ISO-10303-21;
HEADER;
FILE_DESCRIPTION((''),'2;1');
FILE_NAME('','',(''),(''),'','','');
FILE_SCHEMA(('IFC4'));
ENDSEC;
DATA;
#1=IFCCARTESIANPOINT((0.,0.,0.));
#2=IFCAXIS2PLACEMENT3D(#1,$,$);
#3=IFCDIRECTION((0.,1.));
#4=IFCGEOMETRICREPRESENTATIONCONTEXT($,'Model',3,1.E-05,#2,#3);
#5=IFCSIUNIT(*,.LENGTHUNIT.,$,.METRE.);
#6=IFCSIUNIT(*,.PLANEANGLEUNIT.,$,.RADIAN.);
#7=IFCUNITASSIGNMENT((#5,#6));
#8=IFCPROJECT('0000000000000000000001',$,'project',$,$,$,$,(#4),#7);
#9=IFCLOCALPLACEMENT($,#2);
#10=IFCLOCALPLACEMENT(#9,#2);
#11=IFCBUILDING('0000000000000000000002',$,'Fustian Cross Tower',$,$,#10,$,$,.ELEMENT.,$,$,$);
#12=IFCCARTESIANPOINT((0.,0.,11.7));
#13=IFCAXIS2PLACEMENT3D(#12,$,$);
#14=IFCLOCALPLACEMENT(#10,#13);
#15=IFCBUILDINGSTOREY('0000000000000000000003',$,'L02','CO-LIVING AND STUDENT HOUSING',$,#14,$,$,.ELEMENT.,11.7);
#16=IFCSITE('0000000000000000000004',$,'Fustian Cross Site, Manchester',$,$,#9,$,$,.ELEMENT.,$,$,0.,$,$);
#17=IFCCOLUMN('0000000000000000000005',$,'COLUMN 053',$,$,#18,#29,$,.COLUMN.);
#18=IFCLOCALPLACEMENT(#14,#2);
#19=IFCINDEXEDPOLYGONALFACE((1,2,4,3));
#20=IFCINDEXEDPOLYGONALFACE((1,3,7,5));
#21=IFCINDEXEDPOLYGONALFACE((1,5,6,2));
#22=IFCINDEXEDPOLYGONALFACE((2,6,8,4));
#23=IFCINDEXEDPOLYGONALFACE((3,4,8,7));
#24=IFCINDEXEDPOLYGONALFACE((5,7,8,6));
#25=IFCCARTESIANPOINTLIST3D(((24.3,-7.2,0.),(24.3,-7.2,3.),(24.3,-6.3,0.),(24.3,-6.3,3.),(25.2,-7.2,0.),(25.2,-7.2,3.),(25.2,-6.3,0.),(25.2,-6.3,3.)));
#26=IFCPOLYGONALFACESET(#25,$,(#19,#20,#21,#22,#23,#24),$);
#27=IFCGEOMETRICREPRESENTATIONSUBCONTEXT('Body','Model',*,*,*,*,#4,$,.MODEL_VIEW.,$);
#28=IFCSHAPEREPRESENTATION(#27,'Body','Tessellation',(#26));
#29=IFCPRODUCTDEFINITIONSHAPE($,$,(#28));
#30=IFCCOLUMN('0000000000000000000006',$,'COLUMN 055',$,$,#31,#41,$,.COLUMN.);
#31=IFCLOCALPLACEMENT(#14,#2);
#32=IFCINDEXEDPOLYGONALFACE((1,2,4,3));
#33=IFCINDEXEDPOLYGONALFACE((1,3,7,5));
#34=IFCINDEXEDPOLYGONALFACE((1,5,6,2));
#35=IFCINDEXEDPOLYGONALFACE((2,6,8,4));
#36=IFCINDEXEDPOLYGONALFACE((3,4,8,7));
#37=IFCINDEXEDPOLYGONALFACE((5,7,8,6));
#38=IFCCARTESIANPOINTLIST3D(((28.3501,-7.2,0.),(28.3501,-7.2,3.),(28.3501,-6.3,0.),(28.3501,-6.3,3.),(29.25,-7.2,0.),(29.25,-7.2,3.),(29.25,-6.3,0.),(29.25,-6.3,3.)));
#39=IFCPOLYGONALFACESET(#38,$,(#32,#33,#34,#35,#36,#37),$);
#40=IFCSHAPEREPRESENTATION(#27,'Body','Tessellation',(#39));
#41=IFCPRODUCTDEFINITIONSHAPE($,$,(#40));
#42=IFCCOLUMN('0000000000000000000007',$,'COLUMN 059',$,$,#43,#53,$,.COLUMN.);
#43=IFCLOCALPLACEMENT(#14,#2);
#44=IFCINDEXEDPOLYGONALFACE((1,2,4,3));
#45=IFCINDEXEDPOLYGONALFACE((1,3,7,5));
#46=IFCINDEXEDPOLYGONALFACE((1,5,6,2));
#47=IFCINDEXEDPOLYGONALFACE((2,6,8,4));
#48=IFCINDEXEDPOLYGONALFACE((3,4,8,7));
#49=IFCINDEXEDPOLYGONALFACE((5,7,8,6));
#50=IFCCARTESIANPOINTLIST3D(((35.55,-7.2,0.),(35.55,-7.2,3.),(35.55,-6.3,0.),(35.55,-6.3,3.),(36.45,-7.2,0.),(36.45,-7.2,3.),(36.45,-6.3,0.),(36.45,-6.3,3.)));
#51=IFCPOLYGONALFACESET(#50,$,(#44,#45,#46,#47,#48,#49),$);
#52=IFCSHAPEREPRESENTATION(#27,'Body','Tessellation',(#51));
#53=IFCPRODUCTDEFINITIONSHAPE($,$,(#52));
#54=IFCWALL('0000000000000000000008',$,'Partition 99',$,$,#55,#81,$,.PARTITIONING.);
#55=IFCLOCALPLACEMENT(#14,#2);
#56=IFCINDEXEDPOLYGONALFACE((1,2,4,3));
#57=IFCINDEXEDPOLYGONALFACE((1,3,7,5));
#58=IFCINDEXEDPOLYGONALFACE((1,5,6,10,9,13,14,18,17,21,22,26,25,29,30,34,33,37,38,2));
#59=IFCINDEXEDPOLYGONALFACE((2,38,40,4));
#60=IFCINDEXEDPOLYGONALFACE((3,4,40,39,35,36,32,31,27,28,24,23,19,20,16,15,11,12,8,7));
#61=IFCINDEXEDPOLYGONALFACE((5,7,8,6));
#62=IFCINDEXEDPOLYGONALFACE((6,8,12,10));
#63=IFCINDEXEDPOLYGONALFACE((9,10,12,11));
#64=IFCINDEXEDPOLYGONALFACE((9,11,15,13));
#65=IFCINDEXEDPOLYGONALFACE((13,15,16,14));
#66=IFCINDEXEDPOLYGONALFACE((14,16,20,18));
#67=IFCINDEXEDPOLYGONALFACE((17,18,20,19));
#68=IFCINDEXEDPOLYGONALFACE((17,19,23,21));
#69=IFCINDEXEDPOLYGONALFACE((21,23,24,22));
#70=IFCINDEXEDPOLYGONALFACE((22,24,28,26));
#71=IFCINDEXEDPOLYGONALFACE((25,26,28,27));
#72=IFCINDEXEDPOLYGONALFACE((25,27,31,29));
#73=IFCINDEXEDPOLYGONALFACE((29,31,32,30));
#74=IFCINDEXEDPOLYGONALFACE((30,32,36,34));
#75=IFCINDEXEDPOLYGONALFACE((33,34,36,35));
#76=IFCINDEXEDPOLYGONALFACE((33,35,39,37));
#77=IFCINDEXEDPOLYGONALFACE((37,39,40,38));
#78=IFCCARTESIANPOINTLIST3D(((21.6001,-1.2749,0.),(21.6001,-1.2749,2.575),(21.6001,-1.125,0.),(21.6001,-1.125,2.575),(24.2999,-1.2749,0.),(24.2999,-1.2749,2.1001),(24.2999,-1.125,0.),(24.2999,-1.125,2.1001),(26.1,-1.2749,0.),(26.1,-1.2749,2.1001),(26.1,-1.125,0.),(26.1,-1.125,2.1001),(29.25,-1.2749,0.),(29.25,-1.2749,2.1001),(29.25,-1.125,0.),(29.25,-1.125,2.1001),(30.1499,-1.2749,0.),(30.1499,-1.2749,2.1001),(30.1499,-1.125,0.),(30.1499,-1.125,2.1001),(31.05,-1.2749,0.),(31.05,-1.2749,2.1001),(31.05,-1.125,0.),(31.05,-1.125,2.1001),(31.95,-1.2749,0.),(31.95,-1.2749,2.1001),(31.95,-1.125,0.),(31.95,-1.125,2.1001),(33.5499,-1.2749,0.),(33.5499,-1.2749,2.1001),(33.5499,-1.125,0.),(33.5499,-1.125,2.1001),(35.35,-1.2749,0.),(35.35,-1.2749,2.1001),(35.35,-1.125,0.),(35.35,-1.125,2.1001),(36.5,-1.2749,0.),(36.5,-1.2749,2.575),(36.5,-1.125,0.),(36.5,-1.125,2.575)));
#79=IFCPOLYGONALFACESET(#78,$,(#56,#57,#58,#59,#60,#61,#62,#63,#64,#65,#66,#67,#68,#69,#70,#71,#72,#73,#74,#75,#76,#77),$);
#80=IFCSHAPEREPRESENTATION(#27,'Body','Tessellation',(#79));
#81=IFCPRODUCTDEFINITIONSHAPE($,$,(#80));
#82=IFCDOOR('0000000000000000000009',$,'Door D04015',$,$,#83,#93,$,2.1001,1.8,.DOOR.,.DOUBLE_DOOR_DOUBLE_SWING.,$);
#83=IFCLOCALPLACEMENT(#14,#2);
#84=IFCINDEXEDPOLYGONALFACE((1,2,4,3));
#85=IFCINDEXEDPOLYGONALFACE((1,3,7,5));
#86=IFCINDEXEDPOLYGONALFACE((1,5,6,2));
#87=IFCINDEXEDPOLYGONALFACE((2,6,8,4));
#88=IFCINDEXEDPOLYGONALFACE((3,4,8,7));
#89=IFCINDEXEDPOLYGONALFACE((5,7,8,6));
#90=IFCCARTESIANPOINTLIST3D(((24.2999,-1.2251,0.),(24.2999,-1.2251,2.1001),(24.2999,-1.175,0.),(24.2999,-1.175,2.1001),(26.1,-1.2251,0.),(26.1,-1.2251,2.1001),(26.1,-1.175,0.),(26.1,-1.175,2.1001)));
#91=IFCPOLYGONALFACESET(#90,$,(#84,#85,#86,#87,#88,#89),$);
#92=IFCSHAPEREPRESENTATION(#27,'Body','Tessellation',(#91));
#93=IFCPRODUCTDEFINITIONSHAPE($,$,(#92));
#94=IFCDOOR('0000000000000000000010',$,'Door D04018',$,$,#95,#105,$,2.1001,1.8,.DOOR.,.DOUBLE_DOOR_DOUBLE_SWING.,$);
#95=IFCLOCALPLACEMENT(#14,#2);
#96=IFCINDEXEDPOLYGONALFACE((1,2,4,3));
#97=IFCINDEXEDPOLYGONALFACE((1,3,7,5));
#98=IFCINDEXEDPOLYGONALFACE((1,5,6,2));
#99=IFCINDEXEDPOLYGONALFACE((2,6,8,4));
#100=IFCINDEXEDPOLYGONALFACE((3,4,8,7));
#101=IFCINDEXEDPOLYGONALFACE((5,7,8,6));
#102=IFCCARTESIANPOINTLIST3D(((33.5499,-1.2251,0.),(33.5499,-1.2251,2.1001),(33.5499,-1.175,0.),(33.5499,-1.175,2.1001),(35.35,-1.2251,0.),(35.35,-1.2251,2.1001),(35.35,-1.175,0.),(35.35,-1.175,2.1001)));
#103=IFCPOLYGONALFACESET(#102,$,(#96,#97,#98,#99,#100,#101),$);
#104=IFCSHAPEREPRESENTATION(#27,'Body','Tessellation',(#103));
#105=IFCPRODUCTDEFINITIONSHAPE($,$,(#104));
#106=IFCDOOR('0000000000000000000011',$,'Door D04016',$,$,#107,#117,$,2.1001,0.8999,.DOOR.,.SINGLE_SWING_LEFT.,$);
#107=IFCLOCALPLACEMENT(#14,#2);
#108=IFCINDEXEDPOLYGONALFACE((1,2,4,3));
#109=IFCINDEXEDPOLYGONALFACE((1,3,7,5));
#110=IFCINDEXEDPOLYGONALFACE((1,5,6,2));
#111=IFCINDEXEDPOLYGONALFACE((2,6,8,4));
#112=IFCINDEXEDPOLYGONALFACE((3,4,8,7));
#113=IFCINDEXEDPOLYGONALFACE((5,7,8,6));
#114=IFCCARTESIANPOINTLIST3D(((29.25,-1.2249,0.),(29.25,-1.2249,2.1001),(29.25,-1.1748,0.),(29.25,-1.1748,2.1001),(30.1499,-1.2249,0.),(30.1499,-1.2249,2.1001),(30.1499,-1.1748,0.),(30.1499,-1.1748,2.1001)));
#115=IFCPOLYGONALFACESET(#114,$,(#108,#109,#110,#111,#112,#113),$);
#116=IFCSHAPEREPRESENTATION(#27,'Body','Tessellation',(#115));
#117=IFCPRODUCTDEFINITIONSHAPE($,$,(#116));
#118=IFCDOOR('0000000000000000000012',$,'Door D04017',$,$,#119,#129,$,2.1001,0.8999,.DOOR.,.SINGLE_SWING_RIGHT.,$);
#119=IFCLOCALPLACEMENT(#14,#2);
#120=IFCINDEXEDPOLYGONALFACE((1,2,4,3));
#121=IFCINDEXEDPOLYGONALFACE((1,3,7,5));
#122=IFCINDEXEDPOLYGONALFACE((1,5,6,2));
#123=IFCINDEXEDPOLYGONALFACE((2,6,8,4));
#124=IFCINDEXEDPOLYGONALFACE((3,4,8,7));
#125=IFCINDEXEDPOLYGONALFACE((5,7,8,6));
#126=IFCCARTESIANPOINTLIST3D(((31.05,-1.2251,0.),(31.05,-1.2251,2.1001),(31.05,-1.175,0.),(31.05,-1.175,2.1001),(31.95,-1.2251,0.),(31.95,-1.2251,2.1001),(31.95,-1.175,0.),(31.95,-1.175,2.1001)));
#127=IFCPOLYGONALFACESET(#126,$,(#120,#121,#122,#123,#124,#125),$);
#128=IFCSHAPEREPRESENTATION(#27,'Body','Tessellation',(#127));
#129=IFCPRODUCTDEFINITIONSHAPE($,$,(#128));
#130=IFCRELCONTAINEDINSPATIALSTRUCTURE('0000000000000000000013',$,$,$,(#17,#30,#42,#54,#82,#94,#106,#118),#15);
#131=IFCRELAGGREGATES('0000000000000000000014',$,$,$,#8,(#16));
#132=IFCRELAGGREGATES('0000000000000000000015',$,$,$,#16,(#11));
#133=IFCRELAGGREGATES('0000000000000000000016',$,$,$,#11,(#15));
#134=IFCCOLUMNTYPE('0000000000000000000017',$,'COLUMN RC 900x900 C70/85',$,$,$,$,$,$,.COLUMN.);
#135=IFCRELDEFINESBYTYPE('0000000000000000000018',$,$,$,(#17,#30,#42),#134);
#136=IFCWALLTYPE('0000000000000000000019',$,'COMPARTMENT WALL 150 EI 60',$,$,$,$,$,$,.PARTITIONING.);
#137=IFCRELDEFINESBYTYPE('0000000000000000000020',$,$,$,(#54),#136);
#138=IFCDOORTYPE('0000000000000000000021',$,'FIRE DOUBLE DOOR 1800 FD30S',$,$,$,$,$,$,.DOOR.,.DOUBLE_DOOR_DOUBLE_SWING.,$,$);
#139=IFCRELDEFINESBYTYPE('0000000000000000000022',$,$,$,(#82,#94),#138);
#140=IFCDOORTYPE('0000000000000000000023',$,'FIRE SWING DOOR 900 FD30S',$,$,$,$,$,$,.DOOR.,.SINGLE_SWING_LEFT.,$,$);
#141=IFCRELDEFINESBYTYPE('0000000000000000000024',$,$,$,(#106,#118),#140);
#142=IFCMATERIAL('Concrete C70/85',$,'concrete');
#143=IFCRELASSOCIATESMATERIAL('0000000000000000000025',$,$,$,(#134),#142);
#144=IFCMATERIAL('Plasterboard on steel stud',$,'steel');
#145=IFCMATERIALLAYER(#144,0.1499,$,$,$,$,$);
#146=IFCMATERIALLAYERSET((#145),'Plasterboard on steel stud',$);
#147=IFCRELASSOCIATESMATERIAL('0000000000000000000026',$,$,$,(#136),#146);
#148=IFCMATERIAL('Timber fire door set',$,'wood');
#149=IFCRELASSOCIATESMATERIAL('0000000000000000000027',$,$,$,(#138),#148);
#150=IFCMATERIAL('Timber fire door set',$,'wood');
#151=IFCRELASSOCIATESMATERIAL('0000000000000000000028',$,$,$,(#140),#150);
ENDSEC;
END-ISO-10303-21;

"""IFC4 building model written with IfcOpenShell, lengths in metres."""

from ifc_helpers import new_model, si_unit, direction, frame, frame_2d, origin, origin_2d, place, context, subcontext, project, spatial, rectangle, extrude, material, layer, layer_set, material_profile, profile_set, type_object, element, fill, save


model = new_model("IFC4")

# Units and contexts
model_context = context("Model", 3, precision=1e-05, world=origin(), true_north=direction((0.0, 1.0)))
body_context = subcontext(model_context, "Body", "Model", "MODEL_VIEW")
ifc_project = project(units=[si_unit("LENGTHUNIT", "METRE"), si_unit("PLANEANGLEUNIT", "RADIAN")], contexts=[model_context])

# Site, building, storey
site_placement = place(None, origin())
site = spatial("IfcSite", under=ifc_project, at=site_placement, Name="Fustian Cross Site, Manchester", CompositionType="ELEMENT", RefElevation=0.0)
building_placement = place(site_placement, origin())
building = spatial("IfcBuilding", under=site, at=building_placement, Name="Fustian Cross Tower", CompositionType="ELEMENT")
storey_placement = place(building_placement, frame((0.0, 0.0, 11.7)))
storey = spatial("IfcBuildingStorey", under=building, at=storey_placement, Name="L02", Description="CO-LIVING AND STUDENT HOUSING", CompositionType="ELEMENT", Elevation=11.7)

# Columns
ifc_material_1 = material(Name="Concrete C70/85", Category="concrete")
ifc_material_profile = material_profile(ifc_material_1, rectangle(XDim=0.8999, YDim=0.8999, at=origin_2d()), Name="RC 900x900")
ifc_profile_set = profile_set([ifc_material_profile], Name="Concrete C70/85")
column_type = type_object("IfcColumnType", Name="COLUMN RC 900x900 C70/85", PredefinedType="COLUMN", material=ifc_profile_set)
for number, where, z_axis, x_axis, name in (
    (1, (24.75, -6.75, 0.0), (0.0, 0.0, 1.0), (1.0, 0.0, 0.0), "COLUMN 053"),
    (2, (28.8, -6.75, 0.0), (0.0, 0.0, 1.0), (1.0, 0.0, 0.0), "COLUMN 055"),
    (3, (36.0, -6.75, 0.0), (0.0, 0.0, 1.0), (1.0, 0.0, 0.0), "COLUMN 059"),
):
    element("IfcColumn", number, at=place(storey_placement, frame(where, z_axis=z_axis, x_axis=x_axis)), inside=storey, type_object=column_type, Name=name, PredefinedType="COLUMN", context=body_context, shape_type="SweptSolid", body=[
        extrude(rectangle(XDim=0.8999, YDim=0.8999, at=origin_2d()), origin(), (0.0, 0.0, 1.0), 3.0),
    ])

# Wall, openings, doors
ifc_material_2 = material(Name="Plasterboard on steel stud", Category="steel")
ifc_layer_1 = layer(ifc_material_2, 0.1499)
ifc_layer_set_1 = layer_set([ifc_layer_1], Name="Plasterboard on steel stud")
wall_type_1 = type_object("IfcWallType", Name="COMPARTMENT WALL 150 EI 60", PredefinedType="PARTITIONING", material=ifc_layer_set_1)
wall_1_placement = place(storey_placement, frame((21.6001, -1.2, 0.0), z_axis=(0.0, 0.0, 1.0), x_axis=(1.0, 0.0, 0.0)))
wall_1 = element("IfcWall", 4, at=wall_1_placement, inside=storey, type_object=wall_type_1, Name="Partition 99", PredefinedType="PARTITIONING", context=body_context, shape_type="SweptSolid", body=[
    extrude(rectangle(XDim=14.8999, YDim=0.1499, at=frame_2d((7.45, 0.0))), origin(), (0.0, 0.0, 1.0), 2.575),
])
opening_1_placement = place(wall_1_placement, frame((2.7, 0.0, 0.0)))
opening_1 = element("IfcOpeningElement", 5, at=opening_1_placement, cuts=wall_1, PredefinedType="OPENING", context=body_context, shape_type="SweptSolid", body=[
    extrude(rectangle(XDim=1.8, YDim=2.1001, at=frame_2d((0.8999, 1.05))), frame((0.0, 0.085, 0.0), z_axis=(0.0, -1.0, 0.0), x_axis=(1.0, 0.0, 0.0)), (0.0, 0.0, 1.0), 0.1699),
])
opening_2_placement = place(wall_1_placement, frame((7.6499, 0.0, 0.0)))
opening_2 = element("IfcOpeningElement", 6, at=opening_2_placement, cuts=wall_1, PredefinedType="OPENING", context=body_context, shape_type="SweptSolid", body=[
    extrude(rectangle(XDim=0.8999, YDim=2.1001, at=frame_2d((0.45, 1.05))), frame((0.0, 0.085, 0.0), z_axis=(0.0, -1.0, 0.0), x_axis=(1.0, 0.0, 0.0)), (0.0, 0.0, 1.0), 0.1699),
])
opening_3_placement = place(wall_1_placement, frame((9.45, 0.0, 0.0)))
opening_3 = element("IfcOpeningElement", 7, at=opening_3_placement, cuts=wall_1, PredefinedType="OPENING", context=body_context, shape_type="SweptSolid", body=[
    extrude(rectangle(XDim=0.8999, YDim=2.1001, at=frame_2d((0.45, 1.05))), frame((0.0, 0.085, 0.0), z_axis=(0.0, -1.0, 0.0), x_axis=(1.0, 0.0, 0.0)), (0.0, 0.0, 1.0), 0.1699),
])
opening_4_placement = place(wall_1_placement, frame((11.95, 0.0, 0.0)))
opening_4 = element("IfcOpeningElement", 8, at=opening_4_placement, cuts=wall_1, PredefinedType="OPENING", context=body_context, shape_type="SweptSolid", body=[
    extrude(rectangle(XDim=1.8, YDim=2.1001, at=frame_2d((0.8999, 1.05))), frame((0.0, 0.085, 0.0), z_axis=(0.0, -1.0, 0.0), x_axis=(1.0, 0.0, 0.0)), (0.0, 0.0, 1.0), 0.1699),
])
ifc_material_3 = material(Name="Timber fire door set", Category="wood")
door_type_1 = type_object("IfcDoorType", Name="FIRE DOUBLE DOOR 1800 FD30S", OperationType="DOUBLE_DOOR_DOUBLE_SWING", PredefinedType="DOOR", material=ifc_material_3)
door_1_placement = place(opening_1_placement, origin())
door_1 = element("IfcDoor", 9, at=door_1_placement, inside=storey, type_object=door_type_1, Name="Door D04015", OperationType="DOUBLE_DOOR_DOUBLE_SWING", OverallHeight=2.1001, OverallWidth=1.8, PredefinedType="DOOR", context=body_context, shape_type="SweptSolid", body=[
    extrude(rectangle(XDim=1.8, YDim=2.1001, at=frame_2d((0.8999, 1.05))), frame((0.0, 0.0249, 0.0), z_axis=(0.0, -1.0, 0.0), x_axis=(1.0, 0.0, 0.0)), (0.0, 0.0, 1.0), 0.05),
])
fill(opening_1, door_1)
door_2_placement = place(opening_4_placement, origin())
door_2 = element("IfcDoor", 10, at=door_2_placement, inside=storey, type_object=door_type_1, Name="Door D04018", OperationType="DOUBLE_DOOR_DOUBLE_SWING", OverallHeight=2.1001, OverallWidth=1.8, PredefinedType="DOOR", context=body_context, shape_type="SweptSolid", body=[
    extrude(rectangle(XDim=1.8, YDim=2.1001, at=frame_2d((0.8999, 1.05))), frame((0.0, 0.0249, 0.0), z_axis=(0.0, -1.0, 0.0), x_axis=(1.0, 0.0, 0.0)), (0.0, 0.0, 1.0), 0.05),
])
fill(opening_4, door_2)
ifc_material_4 = material(Name="Timber fire door set", Category="wood")
door_type_2 = type_object("IfcDoorType", Name="FIRE SWING DOOR 900 FD30S", OperationType="SINGLE_SWING_LEFT", PredefinedType="DOOR", material=ifc_material_4)
door_3_placement = place(opening_2_placement, frame((0.8999, 0.0, 0.0), z_axis=(0.0, 0.0, 1.0), x_axis=(-1.0, 0.0, 0.0)))
door_3 = element("IfcDoor", 11, at=door_3_placement, inside=storey, type_object=door_type_2, Name="Door D04016", OperationType="SINGLE_SWING_LEFT", OverallHeight=2.1001, OverallWidth=0.8999, PredefinedType="DOOR", context=body_context, shape_type="SweptSolid", body=[
    extrude(rectangle(XDim=0.8999, YDim=2.1001, at=frame_2d((0.45, 1.05))), frame((0.0, 0.0249, 0.0), z_axis=(0.0, -1.0, 0.0), x_axis=(1.0, 0.0, 0.0)), (0.0, 0.0, 1.0), 0.05),
])
fill(opening_2, door_3)
door_4_placement = place(opening_3_placement, origin())
door_4 = element("IfcDoor", 12, at=door_4_placement, inside=storey, type_object=door_type_2, Name="Door D04017", OperationType="SINGLE_SWING_RIGHT", OverallHeight=2.1001, OverallWidth=0.8999, PredefinedType="DOOR", context=body_context, shape_type="SweptSolid", body=[
    extrude(rectangle(XDim=0.8999, YDim=2.1001, at=frame_2d((0.45, 1.05))), frame((0.0, 0.0249, 0.0), z_axis=(0.0, -1.0, 0.0), x_axis=(1.0, 0.0, 0.0)), (0.0, 0.0, 1.0), 0.05),
])
fill(opening_3, door_4)

save(model, "model.ifc")
